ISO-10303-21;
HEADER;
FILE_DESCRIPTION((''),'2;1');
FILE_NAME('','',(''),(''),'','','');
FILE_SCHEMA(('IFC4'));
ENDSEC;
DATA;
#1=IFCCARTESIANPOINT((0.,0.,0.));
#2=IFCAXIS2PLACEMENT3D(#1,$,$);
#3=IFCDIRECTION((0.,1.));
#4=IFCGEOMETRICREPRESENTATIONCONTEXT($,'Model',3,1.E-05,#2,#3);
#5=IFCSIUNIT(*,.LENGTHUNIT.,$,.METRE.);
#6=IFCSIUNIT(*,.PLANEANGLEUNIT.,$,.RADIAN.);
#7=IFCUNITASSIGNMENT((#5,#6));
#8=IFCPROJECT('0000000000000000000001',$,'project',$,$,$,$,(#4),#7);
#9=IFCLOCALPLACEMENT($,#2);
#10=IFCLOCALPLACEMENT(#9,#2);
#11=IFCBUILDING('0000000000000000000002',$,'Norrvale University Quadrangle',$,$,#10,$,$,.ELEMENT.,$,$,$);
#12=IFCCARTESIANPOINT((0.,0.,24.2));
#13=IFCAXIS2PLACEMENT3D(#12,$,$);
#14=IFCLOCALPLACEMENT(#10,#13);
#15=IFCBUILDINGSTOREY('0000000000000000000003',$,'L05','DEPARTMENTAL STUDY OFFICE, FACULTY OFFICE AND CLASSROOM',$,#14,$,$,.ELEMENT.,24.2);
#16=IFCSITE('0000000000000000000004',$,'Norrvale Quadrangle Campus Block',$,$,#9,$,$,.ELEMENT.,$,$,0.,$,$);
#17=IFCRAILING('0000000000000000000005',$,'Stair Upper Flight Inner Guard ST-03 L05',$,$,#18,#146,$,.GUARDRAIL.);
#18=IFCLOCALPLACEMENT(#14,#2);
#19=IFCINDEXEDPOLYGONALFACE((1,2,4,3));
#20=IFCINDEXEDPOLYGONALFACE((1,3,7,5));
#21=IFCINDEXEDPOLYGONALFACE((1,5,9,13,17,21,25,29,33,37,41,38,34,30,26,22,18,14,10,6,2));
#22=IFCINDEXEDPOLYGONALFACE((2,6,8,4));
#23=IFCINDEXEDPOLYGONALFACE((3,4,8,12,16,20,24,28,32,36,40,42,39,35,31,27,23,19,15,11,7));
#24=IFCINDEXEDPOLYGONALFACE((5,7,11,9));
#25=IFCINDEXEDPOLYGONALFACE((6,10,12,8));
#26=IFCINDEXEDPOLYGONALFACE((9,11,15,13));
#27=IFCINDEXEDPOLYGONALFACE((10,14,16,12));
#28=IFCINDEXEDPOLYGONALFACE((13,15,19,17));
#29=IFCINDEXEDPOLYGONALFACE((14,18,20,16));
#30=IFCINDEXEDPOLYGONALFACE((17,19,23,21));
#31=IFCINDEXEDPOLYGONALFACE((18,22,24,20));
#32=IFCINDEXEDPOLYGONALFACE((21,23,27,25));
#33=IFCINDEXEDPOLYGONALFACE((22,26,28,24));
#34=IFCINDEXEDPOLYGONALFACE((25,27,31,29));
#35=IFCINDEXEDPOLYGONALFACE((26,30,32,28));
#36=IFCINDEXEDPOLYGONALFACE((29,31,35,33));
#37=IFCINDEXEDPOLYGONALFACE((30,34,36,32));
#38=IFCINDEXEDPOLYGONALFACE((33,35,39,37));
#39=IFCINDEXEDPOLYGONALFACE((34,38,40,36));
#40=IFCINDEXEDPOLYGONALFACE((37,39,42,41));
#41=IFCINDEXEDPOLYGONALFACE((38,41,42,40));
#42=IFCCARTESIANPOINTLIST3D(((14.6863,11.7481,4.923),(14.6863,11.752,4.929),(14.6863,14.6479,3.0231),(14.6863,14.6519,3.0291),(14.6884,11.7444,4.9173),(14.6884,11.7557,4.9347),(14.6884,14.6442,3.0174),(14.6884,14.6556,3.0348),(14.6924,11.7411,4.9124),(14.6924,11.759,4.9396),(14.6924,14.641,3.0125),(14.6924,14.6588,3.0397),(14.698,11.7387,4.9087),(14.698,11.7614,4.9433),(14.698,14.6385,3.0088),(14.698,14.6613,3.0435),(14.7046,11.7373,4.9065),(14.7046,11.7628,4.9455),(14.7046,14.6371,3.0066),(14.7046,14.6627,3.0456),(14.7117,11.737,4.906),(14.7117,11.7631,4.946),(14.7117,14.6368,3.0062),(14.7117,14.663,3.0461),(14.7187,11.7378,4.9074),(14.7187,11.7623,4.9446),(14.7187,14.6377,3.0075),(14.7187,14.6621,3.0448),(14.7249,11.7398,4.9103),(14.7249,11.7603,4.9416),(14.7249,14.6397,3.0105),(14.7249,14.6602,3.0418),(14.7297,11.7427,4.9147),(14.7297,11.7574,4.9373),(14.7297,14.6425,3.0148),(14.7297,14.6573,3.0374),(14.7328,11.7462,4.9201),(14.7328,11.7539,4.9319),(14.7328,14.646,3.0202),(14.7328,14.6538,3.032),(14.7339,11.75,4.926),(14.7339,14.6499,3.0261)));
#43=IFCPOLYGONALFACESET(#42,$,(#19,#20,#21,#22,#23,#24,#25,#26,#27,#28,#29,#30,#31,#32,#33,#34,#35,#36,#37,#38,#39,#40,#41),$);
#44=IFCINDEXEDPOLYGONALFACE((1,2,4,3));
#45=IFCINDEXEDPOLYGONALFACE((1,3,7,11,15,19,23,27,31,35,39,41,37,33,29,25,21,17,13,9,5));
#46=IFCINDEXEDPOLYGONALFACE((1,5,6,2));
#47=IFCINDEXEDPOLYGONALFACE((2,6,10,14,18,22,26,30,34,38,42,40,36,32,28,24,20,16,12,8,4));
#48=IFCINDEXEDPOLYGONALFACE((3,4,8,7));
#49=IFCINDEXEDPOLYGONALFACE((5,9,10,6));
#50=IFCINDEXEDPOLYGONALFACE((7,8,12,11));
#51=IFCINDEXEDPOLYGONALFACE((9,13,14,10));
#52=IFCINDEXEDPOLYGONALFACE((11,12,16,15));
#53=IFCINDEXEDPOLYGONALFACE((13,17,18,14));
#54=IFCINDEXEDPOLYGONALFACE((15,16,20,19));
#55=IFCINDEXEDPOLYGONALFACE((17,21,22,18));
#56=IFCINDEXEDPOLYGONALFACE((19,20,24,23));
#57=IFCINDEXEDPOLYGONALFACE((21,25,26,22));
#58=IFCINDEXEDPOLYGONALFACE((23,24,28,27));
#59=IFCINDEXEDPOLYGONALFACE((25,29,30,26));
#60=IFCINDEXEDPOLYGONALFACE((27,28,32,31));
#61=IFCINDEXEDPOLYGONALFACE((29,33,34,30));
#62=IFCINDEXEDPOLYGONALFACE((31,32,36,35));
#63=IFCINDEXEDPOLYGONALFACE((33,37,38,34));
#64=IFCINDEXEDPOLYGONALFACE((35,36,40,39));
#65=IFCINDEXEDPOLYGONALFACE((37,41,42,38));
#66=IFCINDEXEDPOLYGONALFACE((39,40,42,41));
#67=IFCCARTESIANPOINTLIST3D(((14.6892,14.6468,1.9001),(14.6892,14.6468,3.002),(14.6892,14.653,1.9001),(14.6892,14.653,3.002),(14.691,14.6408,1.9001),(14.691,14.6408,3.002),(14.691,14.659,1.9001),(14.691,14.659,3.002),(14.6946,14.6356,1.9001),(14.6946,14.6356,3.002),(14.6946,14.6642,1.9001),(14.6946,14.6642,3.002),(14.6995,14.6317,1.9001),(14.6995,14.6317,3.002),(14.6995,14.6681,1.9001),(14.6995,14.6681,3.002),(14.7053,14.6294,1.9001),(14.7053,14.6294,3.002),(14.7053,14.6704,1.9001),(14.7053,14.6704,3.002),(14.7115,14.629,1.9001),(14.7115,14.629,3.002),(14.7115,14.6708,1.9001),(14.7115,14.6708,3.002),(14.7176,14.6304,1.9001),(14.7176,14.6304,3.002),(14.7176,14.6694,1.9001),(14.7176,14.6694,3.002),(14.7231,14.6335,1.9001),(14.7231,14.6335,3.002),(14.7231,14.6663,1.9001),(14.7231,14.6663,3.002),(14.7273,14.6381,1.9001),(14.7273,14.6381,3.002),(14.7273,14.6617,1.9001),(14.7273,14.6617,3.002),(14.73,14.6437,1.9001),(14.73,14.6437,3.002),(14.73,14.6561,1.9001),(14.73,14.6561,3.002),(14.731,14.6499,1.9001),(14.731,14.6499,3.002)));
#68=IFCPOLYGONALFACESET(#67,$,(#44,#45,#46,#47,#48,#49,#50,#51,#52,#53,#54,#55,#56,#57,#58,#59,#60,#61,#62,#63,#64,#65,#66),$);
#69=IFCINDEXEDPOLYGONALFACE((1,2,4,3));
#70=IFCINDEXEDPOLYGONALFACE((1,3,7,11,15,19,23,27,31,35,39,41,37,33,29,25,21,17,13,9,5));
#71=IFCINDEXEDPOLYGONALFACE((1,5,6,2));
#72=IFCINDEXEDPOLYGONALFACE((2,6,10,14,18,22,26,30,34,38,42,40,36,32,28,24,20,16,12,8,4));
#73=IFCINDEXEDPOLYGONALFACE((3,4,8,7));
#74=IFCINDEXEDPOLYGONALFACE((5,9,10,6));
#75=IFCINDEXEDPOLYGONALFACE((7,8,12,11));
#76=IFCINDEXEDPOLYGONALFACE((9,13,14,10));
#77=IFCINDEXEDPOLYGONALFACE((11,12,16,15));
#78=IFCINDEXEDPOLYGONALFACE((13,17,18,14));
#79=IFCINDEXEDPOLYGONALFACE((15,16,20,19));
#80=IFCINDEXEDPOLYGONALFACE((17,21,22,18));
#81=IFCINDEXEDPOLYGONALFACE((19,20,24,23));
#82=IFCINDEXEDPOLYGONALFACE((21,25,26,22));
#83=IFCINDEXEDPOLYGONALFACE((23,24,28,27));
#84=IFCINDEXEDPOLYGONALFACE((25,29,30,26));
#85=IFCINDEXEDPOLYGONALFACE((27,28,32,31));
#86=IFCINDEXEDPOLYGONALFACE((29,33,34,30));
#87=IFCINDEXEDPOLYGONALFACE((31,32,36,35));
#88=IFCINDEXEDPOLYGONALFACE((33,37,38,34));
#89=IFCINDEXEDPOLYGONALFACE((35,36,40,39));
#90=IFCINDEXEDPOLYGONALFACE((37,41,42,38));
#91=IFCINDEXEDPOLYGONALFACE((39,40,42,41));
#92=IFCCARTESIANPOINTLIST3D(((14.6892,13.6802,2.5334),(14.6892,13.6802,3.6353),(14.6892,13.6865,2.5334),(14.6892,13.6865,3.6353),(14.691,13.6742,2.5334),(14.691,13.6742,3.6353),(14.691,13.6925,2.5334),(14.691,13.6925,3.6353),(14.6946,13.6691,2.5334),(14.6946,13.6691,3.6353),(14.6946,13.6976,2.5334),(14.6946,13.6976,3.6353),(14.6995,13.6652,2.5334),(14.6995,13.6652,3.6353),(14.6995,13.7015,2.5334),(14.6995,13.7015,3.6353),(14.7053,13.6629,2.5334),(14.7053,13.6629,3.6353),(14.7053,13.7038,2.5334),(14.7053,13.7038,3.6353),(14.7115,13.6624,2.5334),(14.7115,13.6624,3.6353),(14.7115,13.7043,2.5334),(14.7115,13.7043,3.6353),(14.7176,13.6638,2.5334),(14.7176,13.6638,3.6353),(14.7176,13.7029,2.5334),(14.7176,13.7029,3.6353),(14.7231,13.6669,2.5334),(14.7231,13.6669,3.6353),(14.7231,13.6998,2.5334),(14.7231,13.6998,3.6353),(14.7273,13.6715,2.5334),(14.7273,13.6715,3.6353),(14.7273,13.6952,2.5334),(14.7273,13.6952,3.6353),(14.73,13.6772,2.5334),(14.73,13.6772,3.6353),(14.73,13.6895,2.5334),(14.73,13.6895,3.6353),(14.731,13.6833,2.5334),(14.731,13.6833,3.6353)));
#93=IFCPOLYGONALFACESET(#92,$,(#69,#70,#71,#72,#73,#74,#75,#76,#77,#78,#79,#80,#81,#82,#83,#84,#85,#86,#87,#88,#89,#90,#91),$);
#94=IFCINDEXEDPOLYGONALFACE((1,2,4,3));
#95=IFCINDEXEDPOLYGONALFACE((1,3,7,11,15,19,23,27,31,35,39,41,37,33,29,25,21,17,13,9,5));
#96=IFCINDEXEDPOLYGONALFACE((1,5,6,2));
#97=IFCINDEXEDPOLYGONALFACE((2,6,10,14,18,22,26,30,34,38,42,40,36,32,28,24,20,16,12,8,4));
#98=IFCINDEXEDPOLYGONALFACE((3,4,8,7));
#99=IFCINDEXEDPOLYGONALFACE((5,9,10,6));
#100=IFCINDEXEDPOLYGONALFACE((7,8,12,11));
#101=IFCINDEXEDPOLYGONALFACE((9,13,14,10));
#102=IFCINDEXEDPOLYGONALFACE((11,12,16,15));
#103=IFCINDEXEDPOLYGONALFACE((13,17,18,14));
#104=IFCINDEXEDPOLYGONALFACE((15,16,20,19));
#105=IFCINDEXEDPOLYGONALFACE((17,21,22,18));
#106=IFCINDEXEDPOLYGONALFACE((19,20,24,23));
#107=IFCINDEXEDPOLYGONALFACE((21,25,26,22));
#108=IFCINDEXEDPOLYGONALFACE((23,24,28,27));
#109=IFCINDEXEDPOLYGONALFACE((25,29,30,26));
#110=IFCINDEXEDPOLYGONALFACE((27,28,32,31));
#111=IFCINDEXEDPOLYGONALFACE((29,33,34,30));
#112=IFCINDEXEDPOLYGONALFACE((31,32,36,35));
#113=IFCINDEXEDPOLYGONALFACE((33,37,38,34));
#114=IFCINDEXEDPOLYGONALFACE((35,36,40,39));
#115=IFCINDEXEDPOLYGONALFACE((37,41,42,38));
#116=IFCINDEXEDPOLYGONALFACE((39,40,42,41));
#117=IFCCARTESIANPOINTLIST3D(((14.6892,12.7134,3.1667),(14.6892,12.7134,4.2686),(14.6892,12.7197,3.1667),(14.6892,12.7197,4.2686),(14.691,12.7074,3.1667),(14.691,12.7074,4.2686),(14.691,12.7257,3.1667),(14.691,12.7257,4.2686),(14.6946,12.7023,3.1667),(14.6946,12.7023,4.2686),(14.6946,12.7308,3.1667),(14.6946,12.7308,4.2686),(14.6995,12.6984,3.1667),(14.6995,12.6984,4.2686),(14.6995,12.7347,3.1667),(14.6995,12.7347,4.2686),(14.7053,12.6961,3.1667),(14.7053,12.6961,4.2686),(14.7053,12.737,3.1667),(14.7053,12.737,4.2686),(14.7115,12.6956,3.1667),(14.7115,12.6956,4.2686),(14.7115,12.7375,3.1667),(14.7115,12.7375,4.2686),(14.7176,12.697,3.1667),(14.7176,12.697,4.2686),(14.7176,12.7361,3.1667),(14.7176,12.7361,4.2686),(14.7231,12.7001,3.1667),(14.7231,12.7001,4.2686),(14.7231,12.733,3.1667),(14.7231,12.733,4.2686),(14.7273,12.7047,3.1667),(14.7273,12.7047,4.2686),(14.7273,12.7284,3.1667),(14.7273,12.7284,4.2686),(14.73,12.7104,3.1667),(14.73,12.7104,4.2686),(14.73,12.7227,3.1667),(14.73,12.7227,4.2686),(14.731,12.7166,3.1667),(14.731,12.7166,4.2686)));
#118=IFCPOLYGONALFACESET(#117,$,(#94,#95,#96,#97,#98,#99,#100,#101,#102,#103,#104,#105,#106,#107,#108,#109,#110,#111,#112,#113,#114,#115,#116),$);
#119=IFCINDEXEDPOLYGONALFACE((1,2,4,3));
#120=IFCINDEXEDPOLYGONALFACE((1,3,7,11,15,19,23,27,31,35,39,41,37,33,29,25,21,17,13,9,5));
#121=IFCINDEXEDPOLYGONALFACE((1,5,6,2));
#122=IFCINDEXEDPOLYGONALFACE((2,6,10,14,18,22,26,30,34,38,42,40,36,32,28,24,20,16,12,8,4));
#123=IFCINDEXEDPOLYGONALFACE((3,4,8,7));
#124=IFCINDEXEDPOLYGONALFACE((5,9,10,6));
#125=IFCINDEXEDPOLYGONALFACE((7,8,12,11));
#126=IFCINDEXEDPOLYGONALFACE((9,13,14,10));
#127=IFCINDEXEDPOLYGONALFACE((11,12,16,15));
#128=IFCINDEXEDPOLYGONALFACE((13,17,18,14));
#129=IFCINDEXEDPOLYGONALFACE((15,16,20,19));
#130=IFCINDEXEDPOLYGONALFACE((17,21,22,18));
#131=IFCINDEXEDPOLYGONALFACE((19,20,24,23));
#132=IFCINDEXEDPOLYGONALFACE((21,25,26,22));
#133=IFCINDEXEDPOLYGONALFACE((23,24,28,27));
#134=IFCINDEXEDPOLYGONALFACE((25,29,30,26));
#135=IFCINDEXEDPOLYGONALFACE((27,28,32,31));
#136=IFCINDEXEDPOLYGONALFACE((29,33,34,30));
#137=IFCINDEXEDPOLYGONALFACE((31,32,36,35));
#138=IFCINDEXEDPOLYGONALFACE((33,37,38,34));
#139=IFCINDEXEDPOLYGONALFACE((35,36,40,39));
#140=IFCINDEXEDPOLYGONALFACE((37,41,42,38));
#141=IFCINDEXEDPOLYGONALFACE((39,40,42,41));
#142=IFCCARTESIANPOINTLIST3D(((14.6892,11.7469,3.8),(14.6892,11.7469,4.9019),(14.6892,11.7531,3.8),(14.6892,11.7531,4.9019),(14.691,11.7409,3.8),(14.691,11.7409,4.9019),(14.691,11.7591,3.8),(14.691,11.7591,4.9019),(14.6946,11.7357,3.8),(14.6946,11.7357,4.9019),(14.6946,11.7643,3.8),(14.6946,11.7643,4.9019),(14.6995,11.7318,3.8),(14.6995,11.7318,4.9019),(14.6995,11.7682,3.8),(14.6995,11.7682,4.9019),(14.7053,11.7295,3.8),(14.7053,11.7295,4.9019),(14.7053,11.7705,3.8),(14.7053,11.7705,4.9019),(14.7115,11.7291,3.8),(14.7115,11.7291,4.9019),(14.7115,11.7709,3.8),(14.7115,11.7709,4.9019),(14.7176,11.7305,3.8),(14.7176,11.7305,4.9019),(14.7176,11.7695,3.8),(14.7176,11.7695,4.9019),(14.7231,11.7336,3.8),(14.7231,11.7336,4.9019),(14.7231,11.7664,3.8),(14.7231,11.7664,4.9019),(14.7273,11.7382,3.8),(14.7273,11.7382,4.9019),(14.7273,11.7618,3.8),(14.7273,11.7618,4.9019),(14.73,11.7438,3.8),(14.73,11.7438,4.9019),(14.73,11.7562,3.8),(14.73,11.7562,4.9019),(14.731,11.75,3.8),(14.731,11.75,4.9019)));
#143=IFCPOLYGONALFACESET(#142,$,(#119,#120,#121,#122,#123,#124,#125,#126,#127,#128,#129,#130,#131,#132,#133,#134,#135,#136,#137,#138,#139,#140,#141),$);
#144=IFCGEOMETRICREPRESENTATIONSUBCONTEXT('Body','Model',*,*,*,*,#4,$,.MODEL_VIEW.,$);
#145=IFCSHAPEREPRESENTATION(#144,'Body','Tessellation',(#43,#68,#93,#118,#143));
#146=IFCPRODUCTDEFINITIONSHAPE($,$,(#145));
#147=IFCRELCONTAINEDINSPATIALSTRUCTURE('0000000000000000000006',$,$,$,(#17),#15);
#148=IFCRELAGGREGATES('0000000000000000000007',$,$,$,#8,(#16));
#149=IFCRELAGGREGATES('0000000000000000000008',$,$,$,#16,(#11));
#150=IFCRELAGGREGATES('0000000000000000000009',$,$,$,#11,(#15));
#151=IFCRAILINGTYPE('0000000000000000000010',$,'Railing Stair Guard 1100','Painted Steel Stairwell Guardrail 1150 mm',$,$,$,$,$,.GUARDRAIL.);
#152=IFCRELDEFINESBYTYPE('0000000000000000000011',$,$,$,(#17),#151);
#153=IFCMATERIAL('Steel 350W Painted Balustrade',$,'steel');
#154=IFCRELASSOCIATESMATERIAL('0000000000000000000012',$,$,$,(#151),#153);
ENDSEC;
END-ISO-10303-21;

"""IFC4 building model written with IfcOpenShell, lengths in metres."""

from ifc_helpers import new_model, si_unit, direction, frame, origin, origin_2d, place, context, subcontext, project, spatial, circle, extrude, material, type_object, element, save


model = new_model("IFC4")

# Units and contexts
model_context = context("Model", 3, precision=1e-05, world=origin(), true_north=direction((0.0, 1.0)))
body_context = subcontext(model_context, "Body", "Model", "MODEL_VIEW")
ifc_project = project(units=[si_unit("LENGTHUNIT", "METRE"), si_unit("PLANEANGLEUNIT", "RADIAN")], contexts=[model_context])

# Site, building, storey
site_placement = place(None, origin())
site = spatial("IfcSite", under=ifc_project, at=site_placement, Name="Norrvale Quadrangle Campus Block", CompositionType="ELEMENT", RefElevation=0.0)
building_placement = place(site_placement, origin())
building = spatial("IfcBuilding", under=site, at=building_placement, Name="Norrvale University Quadrangle", CompositionType="ELEMENT")
storey_placement = place(building_placement, frame((0.0, 0.0, 24.2)))
storey = spatial("IfcBuildingStorey", under=building, at=storey_placement, Name="L05", Description="DEPARTMENTAL STUDY OFFICE, FACULTY OFFICE AND CLASSROOM", CompositionType="ELEMENT", Elevation=24.2)

# Railing
ifc_material_1 = material(Name="Steel 350W Painted Balustrade", Category="steel")
railing_type_1 = type_object("IfcRailingType", Name="Railing Stair Guard 1100", Description="Painted Steel Stairwell Guardrail 1150 mm", PredefinedType="GUARDRAIL", material=ifc_material_1)
railing_1_placement = place(storey_placement, frame((14.71, 14.6499, 1.9001)))
element("IfcRailing", 1, at=railing_1_placement, inside=storey, type_object=railing_type_1, Name="Stair Upper Flight Inner Guard ST-03 L05", PredefinedType="GUARDRAIL", context=body_context, shape_type="SweptSolid", body=[
    extrude(circle(Radius=0.0239, at=origin_2d()), frame((0.0, 0.0, 1.126), z_axis=(0.0, -0.836466, 0.548019), x_axis=(1.0, 0.0, 0.0)), (0.0, 0.0, 1.0), 3.4668),
    extrude(circle(Radius=0.021, at=origin_2d()), origin(), (0.0, 0.0, 1.0), 1.1018),
    extrude(circle(Radius=0.021, at=origin_2d()), frame((0.0, -0.9666, 0.6333)), (0.0, 0.0, 1.0), 1.1018),
    extrude(circle(Radius=0.021, at=origin_2d()), frame((0.0, -1.9333, 1.2666)), (0.0, 0.0, 1.0), 1.1018),
    extrude(circle(Radius=0.021, at=origin_2d()), frame((0.0, -2.8999, 1.8999)), (0.0, 0.0, 1.0), 1.1018),
])

save(model, "model.ifc")
